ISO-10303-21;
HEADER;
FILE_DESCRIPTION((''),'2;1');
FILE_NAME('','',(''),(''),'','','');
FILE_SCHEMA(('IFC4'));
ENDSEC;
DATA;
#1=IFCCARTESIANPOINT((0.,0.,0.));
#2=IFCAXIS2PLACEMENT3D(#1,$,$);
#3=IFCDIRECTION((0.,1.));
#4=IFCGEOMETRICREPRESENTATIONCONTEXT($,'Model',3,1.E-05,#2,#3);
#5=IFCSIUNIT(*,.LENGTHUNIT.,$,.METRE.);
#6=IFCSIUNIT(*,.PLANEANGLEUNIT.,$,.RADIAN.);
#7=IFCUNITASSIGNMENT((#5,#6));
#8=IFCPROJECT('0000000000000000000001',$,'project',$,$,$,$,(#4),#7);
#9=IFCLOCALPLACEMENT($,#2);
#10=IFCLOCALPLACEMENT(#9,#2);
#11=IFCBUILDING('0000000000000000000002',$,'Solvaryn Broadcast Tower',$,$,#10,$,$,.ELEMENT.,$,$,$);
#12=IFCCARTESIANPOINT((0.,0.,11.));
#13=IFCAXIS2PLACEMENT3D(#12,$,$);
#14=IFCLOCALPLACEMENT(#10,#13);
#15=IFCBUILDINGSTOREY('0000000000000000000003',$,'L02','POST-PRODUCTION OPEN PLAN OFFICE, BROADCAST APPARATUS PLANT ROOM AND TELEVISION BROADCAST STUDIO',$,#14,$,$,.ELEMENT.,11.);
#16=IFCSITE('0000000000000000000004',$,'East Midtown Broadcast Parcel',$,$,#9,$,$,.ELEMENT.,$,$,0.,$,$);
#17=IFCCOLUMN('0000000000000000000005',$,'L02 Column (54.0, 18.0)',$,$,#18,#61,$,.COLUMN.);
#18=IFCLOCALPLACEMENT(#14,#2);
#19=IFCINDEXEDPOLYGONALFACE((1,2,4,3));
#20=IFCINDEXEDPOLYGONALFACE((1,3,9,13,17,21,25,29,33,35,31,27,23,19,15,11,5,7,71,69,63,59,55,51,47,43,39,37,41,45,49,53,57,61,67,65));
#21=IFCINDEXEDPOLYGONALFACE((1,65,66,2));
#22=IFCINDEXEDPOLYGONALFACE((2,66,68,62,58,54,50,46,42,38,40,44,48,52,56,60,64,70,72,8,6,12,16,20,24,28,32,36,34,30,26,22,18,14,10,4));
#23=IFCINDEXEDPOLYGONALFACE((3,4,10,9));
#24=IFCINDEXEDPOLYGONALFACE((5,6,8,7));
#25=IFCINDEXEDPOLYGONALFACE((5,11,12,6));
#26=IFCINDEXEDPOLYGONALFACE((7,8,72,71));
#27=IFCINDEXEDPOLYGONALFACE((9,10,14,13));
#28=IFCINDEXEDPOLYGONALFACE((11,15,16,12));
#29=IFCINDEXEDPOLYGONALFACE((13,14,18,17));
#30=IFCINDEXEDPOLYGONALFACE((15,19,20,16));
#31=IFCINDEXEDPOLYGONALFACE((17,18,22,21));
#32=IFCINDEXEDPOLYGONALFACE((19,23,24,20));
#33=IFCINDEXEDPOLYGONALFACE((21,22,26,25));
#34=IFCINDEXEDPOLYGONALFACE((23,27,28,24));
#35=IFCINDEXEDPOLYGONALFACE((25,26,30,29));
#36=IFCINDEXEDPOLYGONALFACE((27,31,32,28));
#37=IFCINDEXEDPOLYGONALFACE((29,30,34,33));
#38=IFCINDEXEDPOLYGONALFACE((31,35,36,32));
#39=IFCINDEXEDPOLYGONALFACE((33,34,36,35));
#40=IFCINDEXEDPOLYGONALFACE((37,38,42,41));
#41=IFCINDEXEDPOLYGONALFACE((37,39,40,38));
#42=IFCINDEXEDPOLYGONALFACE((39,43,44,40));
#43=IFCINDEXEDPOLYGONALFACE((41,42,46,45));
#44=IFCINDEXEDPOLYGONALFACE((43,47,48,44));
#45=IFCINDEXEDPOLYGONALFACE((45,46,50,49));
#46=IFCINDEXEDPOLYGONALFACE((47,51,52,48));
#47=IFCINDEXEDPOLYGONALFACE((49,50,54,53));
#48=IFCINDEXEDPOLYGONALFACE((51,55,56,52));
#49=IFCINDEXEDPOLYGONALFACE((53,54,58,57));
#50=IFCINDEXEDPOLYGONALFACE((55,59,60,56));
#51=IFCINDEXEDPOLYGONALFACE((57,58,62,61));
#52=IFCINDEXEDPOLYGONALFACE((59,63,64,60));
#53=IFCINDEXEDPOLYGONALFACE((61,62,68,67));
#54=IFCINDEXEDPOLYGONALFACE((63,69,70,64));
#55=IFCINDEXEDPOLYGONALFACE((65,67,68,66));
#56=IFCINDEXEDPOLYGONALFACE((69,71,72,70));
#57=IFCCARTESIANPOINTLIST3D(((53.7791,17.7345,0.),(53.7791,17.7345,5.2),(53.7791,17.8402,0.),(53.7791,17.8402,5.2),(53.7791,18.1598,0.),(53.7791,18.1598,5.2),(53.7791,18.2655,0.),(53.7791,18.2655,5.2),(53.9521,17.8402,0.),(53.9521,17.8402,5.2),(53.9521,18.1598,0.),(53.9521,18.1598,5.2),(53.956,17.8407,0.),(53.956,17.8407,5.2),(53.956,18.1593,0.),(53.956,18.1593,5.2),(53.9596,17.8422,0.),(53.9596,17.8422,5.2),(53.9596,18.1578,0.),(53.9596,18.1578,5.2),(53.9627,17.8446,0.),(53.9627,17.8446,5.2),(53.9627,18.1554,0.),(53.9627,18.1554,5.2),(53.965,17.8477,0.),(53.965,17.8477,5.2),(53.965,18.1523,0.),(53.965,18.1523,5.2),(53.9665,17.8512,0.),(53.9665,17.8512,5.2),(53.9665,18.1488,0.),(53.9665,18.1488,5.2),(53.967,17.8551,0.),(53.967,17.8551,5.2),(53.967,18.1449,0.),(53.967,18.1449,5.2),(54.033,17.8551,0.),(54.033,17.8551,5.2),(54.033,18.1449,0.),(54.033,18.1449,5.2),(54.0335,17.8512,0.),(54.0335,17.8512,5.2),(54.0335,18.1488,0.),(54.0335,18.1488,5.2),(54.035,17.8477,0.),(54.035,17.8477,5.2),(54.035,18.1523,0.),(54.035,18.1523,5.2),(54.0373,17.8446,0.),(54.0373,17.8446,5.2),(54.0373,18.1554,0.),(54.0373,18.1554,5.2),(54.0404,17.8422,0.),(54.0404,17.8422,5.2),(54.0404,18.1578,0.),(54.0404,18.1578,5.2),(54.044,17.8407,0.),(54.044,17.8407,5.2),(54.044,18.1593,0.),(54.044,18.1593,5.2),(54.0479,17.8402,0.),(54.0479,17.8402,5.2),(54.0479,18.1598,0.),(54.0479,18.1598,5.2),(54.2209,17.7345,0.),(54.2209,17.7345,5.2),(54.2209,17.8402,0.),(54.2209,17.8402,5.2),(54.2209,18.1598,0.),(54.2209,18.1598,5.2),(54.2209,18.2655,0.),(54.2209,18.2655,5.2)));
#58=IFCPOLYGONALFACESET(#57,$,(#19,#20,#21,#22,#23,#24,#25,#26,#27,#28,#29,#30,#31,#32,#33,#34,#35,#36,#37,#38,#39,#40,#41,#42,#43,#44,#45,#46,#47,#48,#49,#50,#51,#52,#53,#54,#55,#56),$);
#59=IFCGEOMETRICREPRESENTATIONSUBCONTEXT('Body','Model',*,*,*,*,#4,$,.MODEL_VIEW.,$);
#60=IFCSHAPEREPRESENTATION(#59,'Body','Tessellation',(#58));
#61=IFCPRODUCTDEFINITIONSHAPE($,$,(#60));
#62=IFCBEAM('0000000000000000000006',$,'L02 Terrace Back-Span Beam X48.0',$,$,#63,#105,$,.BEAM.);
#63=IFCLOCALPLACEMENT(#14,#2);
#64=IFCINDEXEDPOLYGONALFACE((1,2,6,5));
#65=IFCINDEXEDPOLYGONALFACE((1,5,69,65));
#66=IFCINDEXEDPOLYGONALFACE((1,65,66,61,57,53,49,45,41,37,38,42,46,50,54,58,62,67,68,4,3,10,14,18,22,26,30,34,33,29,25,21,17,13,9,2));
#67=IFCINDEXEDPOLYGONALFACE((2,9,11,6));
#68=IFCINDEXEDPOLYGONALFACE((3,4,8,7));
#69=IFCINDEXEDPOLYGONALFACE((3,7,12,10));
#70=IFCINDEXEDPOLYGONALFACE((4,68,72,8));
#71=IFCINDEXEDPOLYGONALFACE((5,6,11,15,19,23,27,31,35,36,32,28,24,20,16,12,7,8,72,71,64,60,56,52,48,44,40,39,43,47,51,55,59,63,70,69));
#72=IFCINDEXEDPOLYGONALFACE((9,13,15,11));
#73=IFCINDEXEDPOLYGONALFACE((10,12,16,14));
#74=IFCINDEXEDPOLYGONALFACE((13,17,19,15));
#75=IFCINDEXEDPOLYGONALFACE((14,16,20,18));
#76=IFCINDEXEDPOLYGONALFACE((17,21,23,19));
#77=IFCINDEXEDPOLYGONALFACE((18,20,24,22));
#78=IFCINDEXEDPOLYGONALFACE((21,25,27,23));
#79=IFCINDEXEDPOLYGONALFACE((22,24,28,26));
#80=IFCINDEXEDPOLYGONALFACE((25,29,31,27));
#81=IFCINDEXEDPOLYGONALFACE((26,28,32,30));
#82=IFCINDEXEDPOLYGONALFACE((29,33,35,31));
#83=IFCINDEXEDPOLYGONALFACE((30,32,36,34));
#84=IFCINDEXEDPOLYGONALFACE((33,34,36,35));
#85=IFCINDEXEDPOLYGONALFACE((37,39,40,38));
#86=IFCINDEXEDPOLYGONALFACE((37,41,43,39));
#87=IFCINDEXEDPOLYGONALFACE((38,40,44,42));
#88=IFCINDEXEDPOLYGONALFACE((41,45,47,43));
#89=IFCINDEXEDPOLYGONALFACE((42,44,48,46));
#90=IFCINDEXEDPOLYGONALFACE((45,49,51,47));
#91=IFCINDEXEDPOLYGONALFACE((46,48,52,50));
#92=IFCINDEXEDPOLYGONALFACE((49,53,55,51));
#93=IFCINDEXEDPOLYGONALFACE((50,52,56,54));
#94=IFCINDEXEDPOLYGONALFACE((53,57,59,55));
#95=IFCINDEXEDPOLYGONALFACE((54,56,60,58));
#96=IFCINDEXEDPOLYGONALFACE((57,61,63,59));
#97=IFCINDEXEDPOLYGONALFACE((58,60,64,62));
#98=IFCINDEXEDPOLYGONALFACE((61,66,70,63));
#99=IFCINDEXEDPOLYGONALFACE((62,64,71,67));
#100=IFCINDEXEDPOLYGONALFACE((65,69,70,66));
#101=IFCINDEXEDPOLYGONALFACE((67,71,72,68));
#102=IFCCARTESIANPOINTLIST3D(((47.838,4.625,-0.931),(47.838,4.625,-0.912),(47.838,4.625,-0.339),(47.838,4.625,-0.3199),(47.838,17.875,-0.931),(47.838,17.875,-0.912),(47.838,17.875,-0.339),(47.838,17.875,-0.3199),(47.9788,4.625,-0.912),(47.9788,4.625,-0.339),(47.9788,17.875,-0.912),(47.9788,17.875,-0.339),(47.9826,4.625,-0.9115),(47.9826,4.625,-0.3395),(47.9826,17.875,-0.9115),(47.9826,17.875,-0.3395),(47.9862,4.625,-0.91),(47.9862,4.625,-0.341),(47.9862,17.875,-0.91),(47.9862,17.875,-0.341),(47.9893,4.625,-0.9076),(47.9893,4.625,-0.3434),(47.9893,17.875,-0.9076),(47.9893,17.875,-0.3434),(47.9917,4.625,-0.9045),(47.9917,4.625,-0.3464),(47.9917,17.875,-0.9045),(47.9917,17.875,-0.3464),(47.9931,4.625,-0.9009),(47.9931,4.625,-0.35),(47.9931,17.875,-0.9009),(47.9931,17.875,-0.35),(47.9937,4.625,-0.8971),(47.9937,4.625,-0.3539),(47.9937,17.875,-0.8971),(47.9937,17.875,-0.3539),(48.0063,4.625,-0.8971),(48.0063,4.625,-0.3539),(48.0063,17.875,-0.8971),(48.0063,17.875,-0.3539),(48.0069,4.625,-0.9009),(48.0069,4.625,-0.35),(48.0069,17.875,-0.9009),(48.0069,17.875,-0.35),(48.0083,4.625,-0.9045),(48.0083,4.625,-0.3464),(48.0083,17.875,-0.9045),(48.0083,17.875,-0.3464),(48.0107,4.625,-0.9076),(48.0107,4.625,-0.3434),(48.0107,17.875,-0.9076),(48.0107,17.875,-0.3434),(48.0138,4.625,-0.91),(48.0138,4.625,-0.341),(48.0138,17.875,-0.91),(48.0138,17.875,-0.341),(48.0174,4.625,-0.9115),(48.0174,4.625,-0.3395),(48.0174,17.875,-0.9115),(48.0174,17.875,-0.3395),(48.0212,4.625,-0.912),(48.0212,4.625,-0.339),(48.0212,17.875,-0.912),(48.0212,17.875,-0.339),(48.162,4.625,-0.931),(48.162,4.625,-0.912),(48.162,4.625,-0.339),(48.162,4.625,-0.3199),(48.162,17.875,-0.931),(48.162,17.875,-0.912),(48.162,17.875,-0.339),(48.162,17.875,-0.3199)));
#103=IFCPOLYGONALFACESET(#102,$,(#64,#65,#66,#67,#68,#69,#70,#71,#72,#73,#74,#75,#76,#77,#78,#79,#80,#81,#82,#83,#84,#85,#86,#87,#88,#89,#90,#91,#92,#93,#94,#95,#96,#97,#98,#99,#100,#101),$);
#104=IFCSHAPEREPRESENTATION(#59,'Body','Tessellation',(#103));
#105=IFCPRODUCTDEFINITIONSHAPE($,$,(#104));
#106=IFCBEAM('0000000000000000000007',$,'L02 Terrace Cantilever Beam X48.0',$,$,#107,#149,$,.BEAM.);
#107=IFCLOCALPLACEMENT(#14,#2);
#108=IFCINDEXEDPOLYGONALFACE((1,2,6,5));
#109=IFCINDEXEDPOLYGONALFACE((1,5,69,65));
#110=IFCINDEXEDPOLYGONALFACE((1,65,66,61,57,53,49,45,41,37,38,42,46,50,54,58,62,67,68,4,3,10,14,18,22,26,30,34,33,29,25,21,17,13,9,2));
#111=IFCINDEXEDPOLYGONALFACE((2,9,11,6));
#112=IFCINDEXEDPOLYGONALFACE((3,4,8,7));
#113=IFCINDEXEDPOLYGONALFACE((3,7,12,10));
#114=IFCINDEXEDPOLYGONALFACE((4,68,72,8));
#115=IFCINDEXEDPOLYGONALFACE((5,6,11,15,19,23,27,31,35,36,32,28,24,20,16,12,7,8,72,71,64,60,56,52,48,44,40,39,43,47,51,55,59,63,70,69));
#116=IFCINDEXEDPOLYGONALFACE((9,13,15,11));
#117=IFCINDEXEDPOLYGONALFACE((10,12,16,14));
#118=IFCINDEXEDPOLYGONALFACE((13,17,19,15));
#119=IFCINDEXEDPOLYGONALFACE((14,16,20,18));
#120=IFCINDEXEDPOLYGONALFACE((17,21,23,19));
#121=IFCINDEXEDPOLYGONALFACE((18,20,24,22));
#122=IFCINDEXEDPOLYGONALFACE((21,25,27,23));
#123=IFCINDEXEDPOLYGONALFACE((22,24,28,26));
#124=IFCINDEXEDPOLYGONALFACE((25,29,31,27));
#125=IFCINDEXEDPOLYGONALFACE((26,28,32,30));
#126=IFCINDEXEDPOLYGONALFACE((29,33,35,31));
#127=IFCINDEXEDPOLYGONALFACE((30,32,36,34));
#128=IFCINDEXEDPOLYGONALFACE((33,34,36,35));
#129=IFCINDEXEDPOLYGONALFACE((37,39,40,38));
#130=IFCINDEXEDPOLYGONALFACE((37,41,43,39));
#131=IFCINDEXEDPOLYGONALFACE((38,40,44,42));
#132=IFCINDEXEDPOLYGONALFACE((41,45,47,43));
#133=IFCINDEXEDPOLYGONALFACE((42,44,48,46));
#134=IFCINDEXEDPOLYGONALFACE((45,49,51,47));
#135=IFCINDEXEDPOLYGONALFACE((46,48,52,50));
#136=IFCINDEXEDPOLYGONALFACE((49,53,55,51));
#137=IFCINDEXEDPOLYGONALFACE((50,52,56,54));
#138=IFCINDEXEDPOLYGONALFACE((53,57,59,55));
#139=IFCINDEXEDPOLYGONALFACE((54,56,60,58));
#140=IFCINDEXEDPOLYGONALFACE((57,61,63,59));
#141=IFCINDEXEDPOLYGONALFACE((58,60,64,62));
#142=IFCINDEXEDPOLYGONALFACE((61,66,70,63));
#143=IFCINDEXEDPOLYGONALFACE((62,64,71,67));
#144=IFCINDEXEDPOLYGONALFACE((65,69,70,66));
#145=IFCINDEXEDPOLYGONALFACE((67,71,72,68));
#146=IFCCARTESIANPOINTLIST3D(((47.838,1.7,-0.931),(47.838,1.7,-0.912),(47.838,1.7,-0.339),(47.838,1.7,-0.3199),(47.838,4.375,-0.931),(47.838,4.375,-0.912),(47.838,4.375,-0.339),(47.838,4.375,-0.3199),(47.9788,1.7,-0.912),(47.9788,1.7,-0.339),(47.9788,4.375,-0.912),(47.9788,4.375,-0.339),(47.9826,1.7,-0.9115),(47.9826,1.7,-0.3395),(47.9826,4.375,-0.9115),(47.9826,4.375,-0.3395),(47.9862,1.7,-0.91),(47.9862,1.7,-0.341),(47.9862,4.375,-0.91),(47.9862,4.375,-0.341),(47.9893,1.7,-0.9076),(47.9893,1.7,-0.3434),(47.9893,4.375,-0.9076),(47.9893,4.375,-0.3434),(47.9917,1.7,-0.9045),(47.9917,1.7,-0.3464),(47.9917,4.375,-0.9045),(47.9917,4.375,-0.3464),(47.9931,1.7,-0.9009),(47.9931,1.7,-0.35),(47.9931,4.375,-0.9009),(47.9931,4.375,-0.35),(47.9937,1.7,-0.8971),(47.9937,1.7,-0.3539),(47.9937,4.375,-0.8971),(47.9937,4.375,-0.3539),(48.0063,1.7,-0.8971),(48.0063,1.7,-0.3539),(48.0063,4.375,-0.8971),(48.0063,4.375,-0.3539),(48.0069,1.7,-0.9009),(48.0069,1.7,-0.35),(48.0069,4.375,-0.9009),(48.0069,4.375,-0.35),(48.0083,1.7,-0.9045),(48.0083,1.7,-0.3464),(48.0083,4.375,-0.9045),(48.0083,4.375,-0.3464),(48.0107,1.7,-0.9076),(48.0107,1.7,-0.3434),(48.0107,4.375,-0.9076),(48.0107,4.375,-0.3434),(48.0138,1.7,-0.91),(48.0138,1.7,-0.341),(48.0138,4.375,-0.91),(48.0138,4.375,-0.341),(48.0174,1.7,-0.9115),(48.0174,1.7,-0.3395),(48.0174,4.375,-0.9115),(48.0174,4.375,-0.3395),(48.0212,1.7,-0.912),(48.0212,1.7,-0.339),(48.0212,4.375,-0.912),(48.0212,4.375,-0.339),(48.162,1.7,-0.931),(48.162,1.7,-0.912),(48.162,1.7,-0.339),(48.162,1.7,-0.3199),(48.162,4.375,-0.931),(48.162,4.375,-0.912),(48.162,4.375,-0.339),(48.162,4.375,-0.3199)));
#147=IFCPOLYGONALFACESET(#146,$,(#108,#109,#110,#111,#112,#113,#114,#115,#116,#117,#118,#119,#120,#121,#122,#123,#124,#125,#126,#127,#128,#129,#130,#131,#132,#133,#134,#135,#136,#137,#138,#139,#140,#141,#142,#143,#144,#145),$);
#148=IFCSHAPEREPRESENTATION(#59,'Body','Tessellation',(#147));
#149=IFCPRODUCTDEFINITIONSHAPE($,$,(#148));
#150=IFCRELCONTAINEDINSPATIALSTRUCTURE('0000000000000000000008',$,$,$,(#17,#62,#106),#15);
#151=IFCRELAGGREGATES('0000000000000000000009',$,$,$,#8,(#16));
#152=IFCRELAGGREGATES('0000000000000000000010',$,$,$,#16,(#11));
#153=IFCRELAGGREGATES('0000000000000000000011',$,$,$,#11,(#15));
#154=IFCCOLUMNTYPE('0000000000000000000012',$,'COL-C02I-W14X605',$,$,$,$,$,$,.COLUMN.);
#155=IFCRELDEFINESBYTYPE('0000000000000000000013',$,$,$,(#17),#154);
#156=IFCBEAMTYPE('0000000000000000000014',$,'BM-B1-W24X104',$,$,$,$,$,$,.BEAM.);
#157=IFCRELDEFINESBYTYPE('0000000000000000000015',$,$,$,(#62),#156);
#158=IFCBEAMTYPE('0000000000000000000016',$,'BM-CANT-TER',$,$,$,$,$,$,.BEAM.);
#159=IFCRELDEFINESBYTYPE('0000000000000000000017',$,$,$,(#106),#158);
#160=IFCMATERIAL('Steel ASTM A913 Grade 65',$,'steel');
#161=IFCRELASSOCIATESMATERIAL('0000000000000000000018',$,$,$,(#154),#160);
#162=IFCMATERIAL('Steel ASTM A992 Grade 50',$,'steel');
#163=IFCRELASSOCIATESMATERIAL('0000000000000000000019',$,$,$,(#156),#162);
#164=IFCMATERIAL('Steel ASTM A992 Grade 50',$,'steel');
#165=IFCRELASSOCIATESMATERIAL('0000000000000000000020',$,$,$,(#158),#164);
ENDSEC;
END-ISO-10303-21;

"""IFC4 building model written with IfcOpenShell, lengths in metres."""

from ifc_helpers import new_model, si_unit, direction, frame, origin, origin_2d, place, context, subcontext, project, spatial, i_section, extrude, material, material_profile, profile_set, type_object, element, save


model = new_model("IFC4")

# Units and contexts
model_context = context("Model", 3, precision=1e-05, world=origin(), true_north=direction((0.0, 1.0)))
body_context = subcontext(model_context, "Body", "Model", "MODEL_VIEW")
ifc_project = project(units=[si_unit("LENGTHUNIT", "METRE"), si_unit("PLANEANGLEUNIT", "RADIAN")], contexts=[model_context])

# Site, building, storey
site_placement = place(None, origin())
site = spatial("IfcSite", under=ifc_project, at=site_placement, Name="East Midtown Broadcast Parcel", CompositionType="ELEMENT", RefElevation=0.0)
building_placement = place(site_placement, origin())
building = spatial("IfcBuilding", under=site, at=building_placement, Name="Solvaryn Broadcast Tower", CompositionType="ELEMENT")
storey_placement = place(building_placement, frame((0.0, 0.0, 11.0)))
storey = spatial("IfcBuildingStorey", under=building, at=storey_placement, Name="L02", Description="POST-PRODUCTION OPEN PLAN OFFICE, BROADCAST APPARATUS PLANT ROOM AND TELEVISION BROADCAST STUDIO", CompositionType="ELEMENT", Elevation=11.0)

# Column
ifc_material_1 = material(Name="Steel ASTM A913 Grade 65", Category="steel")
ifc_material_profile_1 = material_profile(ifc_material_1, i_section(OverallWidth=0.4419, OverallDepth=0.531, WebThickness=0.0659, FlangeThickness=0.1057, FilletRadius=0.0149, at=origin_2d()))
ifc_profile_set_1 = profile_set([ifc_material_profile_1], Name="Steel ASTM A913 Grade 65")
column_type_1 = type_object("IfcColumnType", Name="COL-C02I-W14X605", PredefinedType="COLUMN", material=ifc_profile_set_1)
for number, where, z_axis, x_axis, name in (
    (1, (54.0, 18.0, 0.0), (0.0, 0.0, 1.0), (1.0, 0.0, 0.0), "L02 Column (54.0, 18.0)"),
):
    element("IfcColumn", number, at=place(storey_placement, frame(where, z_axis=z_axis, x_axis=x_axis)), inside=storey, type_object=column_type_1, Name=name, PredefinedType="COLUMN", context=body_context, shape_type="SweptSolid", body=[
        extrude(i_section(OverallWidth=0.4419, OverallDepth=0.531, WebThickness=0.0659, FlangeThickness=0.1057, FilletRadius=0.0149, at=origin_2d()), origin(), (0.0, 0.0, 1.0), 5.2),
    ])

# Beams
ifc_material_2 = material(Name="Steel ASTM A992 Grade 50", Category="steel")
ifc_material_profile_2 = material_profile(ifc_material_2, i_section(OverallWidth=0.324, OverallDepth=0.6111, WebThickness=0.0127, FlangeThickness=0.019, FilletRadius=0.0149, at=origin_2d()))
ifc_profile_set_2 = profile_set([ifc_material_profile_2], Name="Steel ASTM A992 Grade 50")
beam_type_1 = type_object("IfcBeamType", Name="BM-B1-W24X104", PredefinedType="BEAM", material=ifc_profile_set_2)
beam_1_placement = place(storey_placement, frame((48.0, 17.875, -0.6255), z_axis=(0.0, -1.0, 0.0), x_axis=(1.0, 0.0, 0.0)))
element("IfcBeam", 2, at=beam_1_placement, inside=storey, type_object=beam_type_1, Name="L02 Terrace Back-Span Beam X48.0", PredefinedType="BEAM", context=body_context, shape_type="SweptSolid", body=[
    extrude(i_section(OverallWidth=0.324, OverallDepth=0.6111, WebThickness=0.0127, FlangeThickness=0.019, FilletRadius=0.0149, at=origin_2d()), origin(), (0.0, 0.0, 1.0), 13.25),
])
ifc_material_3 = material(Name="Steel ASTM A992 Grade 50", Category="steel")
ifc_material_profile_3 = material_profile(ifc_material_3, i_section(OverallWidth=0.324, OverallDepth=0.6111, WebThickness=0.0127, FlangeThickness=0.019, FilletRadius=0.0149, at=origin_2d()))
ifc_profile_set_3 = profile_set([ifc_material_profile_3], Name="Steel ASTM A992 Grade 50")
beam_type_2 = type_object("IfcBeamType", Name="BM-CANT-TER", PredefinedType="BEAM", material=ifc_profile_set_3)
beam_2_placement = place(storey_placement, frame((48.0, 4.375, -0.6255), z_axis=(0.0, -1.0, 0.0), x_axis=(1.0, 0.0, 0.0)))
element("IfcBeam", 3, at=beam_2_placement, inside=storey, type_object=beam_type_2, Name="L02 Terrace Cantilever Beam X48.0", PredefinedType="BEAM", context=body_context, shape_type="SweptSolid", body=[
    extrude(i_section(OverallWidth=0.324, OverallDepth=0.6111, WebThickness=0.0127, FlangeThickness=0.019, FilletRadius=0.0149, at=origin_2d()), origin(), (0.0, 0.0, 1.0), 2.675),
])

save(model, "model.ifc")
